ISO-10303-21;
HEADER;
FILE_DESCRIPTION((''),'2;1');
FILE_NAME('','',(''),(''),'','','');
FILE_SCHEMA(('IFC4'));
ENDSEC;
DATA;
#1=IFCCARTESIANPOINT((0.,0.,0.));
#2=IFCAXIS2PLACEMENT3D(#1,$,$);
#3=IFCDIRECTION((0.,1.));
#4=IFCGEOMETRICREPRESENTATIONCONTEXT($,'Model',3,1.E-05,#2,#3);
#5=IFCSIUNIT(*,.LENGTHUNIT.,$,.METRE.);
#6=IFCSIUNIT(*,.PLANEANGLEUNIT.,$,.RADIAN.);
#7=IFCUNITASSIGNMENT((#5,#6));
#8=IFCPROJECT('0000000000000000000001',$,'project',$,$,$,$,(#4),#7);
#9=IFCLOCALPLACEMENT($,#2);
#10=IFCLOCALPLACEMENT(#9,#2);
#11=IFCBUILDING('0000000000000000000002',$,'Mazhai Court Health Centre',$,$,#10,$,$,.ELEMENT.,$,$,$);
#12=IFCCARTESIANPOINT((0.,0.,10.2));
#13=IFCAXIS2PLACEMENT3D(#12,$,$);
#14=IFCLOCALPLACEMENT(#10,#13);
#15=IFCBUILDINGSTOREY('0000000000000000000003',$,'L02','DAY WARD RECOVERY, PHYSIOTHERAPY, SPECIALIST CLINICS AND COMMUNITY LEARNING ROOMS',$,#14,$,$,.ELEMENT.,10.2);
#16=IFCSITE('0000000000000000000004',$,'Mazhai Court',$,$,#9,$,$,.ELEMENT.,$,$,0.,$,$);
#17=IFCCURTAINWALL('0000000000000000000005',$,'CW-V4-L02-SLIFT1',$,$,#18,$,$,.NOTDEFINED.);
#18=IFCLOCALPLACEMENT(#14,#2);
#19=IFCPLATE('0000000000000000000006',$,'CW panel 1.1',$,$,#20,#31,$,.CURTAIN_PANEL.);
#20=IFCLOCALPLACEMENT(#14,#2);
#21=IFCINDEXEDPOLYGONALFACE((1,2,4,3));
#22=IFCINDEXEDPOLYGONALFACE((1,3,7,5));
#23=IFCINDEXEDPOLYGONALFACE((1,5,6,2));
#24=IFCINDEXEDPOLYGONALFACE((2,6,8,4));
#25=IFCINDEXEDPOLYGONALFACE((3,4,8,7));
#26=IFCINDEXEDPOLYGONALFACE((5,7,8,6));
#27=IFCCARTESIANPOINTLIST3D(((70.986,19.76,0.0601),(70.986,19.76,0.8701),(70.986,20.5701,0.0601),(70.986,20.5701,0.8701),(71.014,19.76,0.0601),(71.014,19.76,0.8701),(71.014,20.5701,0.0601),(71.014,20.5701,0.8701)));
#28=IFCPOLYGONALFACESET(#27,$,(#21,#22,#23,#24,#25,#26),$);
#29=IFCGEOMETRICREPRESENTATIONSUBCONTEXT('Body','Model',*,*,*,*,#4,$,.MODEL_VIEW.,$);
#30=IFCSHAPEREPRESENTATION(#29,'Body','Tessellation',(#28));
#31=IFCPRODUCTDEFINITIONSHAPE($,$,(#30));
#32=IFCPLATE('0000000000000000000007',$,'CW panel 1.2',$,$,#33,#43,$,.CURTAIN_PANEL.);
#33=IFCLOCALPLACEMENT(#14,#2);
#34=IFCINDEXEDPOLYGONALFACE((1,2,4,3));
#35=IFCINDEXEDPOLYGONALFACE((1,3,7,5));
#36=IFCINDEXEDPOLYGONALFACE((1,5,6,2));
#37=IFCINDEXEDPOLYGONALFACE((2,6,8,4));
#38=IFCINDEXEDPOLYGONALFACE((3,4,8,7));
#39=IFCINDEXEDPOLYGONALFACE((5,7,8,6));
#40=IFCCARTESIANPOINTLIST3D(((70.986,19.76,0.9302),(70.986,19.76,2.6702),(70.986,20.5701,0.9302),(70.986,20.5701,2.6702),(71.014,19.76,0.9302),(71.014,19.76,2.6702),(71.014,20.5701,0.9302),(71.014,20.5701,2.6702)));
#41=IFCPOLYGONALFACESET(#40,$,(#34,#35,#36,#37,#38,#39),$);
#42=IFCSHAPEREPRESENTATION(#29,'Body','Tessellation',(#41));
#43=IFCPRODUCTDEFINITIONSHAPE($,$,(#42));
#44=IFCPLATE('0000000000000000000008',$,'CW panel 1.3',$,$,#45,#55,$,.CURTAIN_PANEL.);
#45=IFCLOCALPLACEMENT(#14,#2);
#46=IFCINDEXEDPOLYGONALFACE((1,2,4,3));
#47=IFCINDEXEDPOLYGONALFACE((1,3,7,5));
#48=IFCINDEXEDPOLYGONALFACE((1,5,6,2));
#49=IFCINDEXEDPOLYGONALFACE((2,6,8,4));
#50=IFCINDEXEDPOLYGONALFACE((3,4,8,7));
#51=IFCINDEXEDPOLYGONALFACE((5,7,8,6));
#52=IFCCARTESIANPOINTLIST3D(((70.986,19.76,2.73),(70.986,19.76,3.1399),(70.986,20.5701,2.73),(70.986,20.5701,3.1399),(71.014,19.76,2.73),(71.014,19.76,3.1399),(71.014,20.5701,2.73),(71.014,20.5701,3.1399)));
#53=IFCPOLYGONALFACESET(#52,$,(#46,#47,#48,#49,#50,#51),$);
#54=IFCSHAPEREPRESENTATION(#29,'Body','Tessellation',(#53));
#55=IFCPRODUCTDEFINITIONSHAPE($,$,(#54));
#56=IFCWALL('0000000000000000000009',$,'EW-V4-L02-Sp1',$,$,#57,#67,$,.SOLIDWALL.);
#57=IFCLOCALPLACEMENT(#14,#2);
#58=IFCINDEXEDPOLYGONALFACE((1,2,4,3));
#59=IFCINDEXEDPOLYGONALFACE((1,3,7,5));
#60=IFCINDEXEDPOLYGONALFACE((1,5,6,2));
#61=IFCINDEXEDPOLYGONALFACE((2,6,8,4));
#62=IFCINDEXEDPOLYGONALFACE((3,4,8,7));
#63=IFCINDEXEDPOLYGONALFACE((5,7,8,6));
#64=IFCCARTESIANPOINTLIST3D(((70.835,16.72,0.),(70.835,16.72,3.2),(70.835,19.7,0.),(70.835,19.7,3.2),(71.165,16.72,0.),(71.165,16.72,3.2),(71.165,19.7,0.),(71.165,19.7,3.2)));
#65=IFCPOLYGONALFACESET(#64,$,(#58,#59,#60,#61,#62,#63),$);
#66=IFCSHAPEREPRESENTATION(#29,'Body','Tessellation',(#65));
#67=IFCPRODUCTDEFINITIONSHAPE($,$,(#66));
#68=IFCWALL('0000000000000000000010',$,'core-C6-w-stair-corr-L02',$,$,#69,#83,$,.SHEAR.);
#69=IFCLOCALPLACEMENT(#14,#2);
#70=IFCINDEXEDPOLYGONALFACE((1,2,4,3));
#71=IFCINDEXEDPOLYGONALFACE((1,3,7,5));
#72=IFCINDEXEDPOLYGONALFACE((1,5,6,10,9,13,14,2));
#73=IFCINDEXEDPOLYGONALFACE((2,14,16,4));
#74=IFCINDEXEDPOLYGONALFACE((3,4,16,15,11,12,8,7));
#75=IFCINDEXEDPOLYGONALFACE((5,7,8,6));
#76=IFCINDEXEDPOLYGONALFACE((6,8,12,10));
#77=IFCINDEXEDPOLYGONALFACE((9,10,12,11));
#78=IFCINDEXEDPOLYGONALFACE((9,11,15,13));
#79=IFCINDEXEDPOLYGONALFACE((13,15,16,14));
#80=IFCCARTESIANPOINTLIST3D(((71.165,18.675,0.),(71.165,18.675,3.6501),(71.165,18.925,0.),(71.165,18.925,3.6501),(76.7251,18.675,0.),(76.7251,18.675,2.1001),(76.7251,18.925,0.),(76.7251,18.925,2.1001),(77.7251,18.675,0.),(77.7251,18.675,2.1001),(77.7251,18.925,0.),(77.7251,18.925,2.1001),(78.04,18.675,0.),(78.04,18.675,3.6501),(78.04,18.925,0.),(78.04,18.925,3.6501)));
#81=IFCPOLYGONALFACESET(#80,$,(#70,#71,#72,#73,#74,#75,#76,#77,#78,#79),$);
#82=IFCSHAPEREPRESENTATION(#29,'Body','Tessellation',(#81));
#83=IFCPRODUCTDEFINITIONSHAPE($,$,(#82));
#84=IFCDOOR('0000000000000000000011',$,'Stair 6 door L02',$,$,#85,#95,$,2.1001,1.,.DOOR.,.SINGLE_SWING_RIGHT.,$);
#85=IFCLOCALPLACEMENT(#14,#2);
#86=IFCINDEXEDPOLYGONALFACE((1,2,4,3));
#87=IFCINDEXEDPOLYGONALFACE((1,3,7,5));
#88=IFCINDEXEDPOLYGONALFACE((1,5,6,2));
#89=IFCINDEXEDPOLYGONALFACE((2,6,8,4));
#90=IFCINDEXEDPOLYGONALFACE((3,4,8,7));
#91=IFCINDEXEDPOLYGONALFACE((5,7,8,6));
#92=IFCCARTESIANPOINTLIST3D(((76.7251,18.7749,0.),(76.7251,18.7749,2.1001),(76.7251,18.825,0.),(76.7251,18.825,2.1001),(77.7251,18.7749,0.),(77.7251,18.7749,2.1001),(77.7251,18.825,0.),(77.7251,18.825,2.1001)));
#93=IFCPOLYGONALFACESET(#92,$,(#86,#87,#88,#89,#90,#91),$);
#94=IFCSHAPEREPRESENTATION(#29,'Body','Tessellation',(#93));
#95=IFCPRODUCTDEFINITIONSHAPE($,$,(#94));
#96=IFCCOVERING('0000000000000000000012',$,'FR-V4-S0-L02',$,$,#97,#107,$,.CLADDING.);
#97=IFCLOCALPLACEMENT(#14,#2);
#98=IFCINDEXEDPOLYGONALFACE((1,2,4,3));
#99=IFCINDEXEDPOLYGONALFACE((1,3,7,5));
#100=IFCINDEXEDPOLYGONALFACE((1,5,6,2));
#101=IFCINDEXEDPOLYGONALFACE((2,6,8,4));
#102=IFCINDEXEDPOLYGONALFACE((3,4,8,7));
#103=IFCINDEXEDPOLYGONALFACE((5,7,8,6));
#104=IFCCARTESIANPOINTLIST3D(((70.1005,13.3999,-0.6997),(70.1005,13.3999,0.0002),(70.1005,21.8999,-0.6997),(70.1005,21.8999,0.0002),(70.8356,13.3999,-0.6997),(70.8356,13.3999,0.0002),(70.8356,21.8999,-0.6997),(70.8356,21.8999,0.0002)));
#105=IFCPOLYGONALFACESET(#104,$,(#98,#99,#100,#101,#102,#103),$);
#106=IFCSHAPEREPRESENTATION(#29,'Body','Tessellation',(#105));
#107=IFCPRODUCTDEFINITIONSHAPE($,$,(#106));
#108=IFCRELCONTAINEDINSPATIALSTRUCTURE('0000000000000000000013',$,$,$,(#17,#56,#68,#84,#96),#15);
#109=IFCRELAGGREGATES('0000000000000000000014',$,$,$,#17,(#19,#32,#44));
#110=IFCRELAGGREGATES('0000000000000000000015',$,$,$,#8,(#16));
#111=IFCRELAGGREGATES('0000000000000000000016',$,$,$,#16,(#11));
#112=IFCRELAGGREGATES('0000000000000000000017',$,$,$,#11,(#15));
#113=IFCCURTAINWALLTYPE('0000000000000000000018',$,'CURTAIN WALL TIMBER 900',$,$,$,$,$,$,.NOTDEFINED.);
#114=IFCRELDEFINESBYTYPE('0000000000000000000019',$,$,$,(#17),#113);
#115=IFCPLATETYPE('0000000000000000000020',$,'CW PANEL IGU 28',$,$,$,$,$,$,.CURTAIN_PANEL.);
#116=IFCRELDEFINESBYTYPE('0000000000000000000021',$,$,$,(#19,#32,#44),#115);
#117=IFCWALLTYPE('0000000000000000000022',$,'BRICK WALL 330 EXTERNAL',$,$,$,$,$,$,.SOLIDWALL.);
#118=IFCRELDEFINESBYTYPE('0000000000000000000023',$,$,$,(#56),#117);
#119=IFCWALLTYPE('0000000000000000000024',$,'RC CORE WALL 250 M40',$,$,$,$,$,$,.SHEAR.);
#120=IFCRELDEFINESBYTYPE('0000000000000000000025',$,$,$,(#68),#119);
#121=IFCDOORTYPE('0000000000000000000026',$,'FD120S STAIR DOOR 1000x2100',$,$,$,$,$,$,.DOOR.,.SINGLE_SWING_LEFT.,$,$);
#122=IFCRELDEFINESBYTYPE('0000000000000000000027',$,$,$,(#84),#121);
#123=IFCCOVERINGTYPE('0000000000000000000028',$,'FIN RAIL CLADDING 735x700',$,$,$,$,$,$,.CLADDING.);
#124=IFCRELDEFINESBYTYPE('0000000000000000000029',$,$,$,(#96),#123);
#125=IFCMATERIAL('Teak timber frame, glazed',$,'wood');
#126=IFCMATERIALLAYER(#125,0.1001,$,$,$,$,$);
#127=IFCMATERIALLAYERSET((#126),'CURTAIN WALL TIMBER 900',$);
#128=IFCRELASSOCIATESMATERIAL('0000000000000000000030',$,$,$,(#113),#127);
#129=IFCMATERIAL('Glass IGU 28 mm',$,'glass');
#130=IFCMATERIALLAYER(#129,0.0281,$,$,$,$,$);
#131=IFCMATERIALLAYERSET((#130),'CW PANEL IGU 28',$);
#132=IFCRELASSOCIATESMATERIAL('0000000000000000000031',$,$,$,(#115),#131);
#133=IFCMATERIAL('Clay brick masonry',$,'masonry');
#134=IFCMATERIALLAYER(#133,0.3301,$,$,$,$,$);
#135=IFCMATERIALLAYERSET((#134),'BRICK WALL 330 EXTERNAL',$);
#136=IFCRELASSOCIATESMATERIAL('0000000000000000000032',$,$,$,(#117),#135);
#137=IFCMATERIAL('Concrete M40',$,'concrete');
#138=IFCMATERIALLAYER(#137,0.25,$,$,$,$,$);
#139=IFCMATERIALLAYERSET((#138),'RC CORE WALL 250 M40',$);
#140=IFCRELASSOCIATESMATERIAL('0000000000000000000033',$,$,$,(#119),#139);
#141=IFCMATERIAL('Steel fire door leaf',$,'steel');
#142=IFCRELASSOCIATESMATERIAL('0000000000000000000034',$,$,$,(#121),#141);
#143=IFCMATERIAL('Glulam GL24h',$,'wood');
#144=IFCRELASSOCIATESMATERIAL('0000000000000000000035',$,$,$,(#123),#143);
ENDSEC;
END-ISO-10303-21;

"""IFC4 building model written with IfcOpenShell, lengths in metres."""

from ifc_helpers import new_model, si_unit, direction, frame, frame_2d, origin, origin_2d, place, context, subcontext, project, spatial, rectangle, extrude, material, layer, layer_set, type_object, element, fill, aggregate, save


model = new_model("IFC4")

# Units and contexts
model_context = context("Model", 3, precision=1e-05, world=origin(), true_north=direction((0.0, 1.0)))
body_context = subcontext(model_context, "Body", "Model", "MODEL_VIEW")
ifc_project = project(units=[si_unit("LENGTHUNIT", "METRE"), si_unit("PLANEANGLEUNIT", "RADIAN")], contexts=[model_context])

# Site, building, storey
site_placement = place(None, origin())
site = spatial("IfcSite", under=ifc_project, at=site_placement, Name="Mazhai Court", CompositionType="ELEMENT", RefElevation=0.0)
building_placement = place(site_placement, origin())
building = spatial("IfcBuilding", under=site, at=building_placement, Name="Mazhai Court Health Centre", CompositionType="ELEMENT")
storey_placement = place(building_placement, frame((0.0, 0.0, 10.2)))
storey = spatial("IfcBuildingStorey", under=building, at=storey_placement, Name="L02", Description="DAY WARD RECOVERY, PHYSIOTHERAPY, SPECIALIST CLINICS AND COMMUNITY LEARNING ROOMS", CompositionType="ELEMENT", Elevation=10.2)

# Curtain wall
ifc_material_1 = material(Name="Teak timber frame, glazed", Category="wood")
ifc_layer_1 = layer(ifc_material_1, 0.1001)
ifc_layer_set_1 = layer_set([ifc_layer_1], Name="CURTAIN WALL TIMBER 900")
curtain_wall_type_1 = type_object("IfcCurtainWallType", Name="CURTAIN WALL TIMBER 900", PredefinedType="NOTDEFINED", material=ifc_layer_set_1)
curtain_wall_1_placement = place(storey_placement, origin())
curtain_wall_1 = element("IfcCurtainWall", 1, at=curtain_wall_1_placement, inside=storey, type_object=curtain_wall_type_1, Name="CW-V4-L02-SLIFT1", PredefinedType="NOTDEFINED")

# Plates
ifc_material_2 = material(Name="Glass IGU 28 mm", Category="glass")
ifc_layer_2 = layer(ifc_material_2, 0.0281)
ifc_layer_set_2 = layer_set([ifc_layer_2], Name="CW PANEL IGU 28")
plate_type = type_object("IfcPlateType", Name="CW PANEL IGU 28", PredefinedType="CURTAIN_PANEL", material=ifc_layer_set_2)
plate_1_placement = place(storey_placement, frame((71.0, 20.165, 0.0601), z_axis=(0.0, 0.0, 1.0), x_axis=(0.0, 1.0, 0.0)))
plate_1 = element("IfcPlate", 2, at=plate_1_placement, type_object=plate_type, Name="CW panel 1.1", PredefinedType="CURTAIN_PANEL", context=body_context, shape_type="SweptSolid", body=[
    extrude(rectangle(XDim=0.8101, YDim=0.0281, at=origin_2d()), origin(), (0.0, 0.0, 1.0), 0.8101),
])
plate_2_placement = place(storey_placement, frame((71.0, 20.165, 0.9302), z_axis=(0.0, 0.0, 1.0), x_axis=(0.0, 1.0, 0.0)))
plate_2 = element("IfcPlate", 3, at=plate_2_placement, type_object=plate_type, Name="CW panel 1.2", PredefinedType="CURTAIN_PANEL", context=body_context, shape_type="SweptSolid", body=[
    extrude(rectangle(XDim=0.8101, YDim=0.0281, at=origin_2d()), origin(), (0.0, 0.0, 1.0), 1.74),
])
plate_3_placement = place(storey_placement, frame((71.0, 20.165, 2.73), z_axis=(0.0, 0.0, 1.0), x_axis=(0.0, 1.0, 0.0)))
plate_3 = element("IfcPlate", 4, at=plate_3_placement, type_object=plate_type, Name="CW panel 1.3", PredefinedType="CURTAIN_PANEL", context=body_context, shape_type="SweptSolid", body=[
    extrude(rectangle(XDim=0.8101, YDim=0.0281, at=origin_2d()), origin(), (0.0, 0.0, 1.0), 0.4099),
])
aggregate(curtain_wall_1, [plate_1, plate_2, plate_3])

# Wall
ifc_material_3 = material(Name="Clay brick masonry", Category="masonry")
ifc_layer_3 = layer(ifc_material_3, 0.3301)
ifc_layer_set_3 = layer_set([ifc_layer_3], Name="BRICK WALL 330 EXTERNAL")
wall_type_1 = type_object("IfcWallType", Name="BRICK WALL 330 EXTERNAL", PredefinedType="SOLIDWALL", material=ifc_layer_set_3)
wall_1_placement = place(storey_placement, frame((71.0, 16.72, 0.0), z_axis=(0.0, 0.0, 1.0), x_axis=(0.0, 1.0, 0.0)))
element("IfcWall", 5, at=wall_1_placement, inside=storey, type_object=wall_type_1, Name="EW-V4-L02-Sp1", PredefinedType="SOLIDWALL", context=body_context, shape_type="SweptSolid", body=[
    extrude(rectangle(XDim=2.98, YDim=0.3301, at=frame_2d((1.49, 0.0))), origin(), (0.0, 0.0, 1.0), 3.2),
])

# Wall, opening, door
ifc_material_4 = material(Name="Concrete M40", Category="concrete")
ifc_layer_4 = layer(ifc_material_4, 0.25)
ifc_layer_set_4 = layer_set([ifc_layer_4], Name="RC CORE WALL 250 M40")
wall_type_2 = type_object("IfcWallType", Name="RC CORE WALL 250 M40", PredefinedType="SHEAR", material=ifc_layer_set_4)
wall_2_placement = place(storey_placement, frame((71.165, 18.8, 0.0), z_axis=(0.0, 0.0, 1.0), x_axis=(1.0, 0.0, 0.0)))
wall_2 = element("IfcWall", 6, at=wall_2_placement, inside=storey, type_object=wall_type_2, Name="core-C6-w-stair-corr-L02", PredefinedType="SHEAR", context=body_context, shape_type="SweptSolid", body=[
    extrude(rectangle(XDim=6.875, YDim=0.25, at=frame_2d((3.4375, 0.0))), origin(), (0.0, 0.0, 1.0), 3.6501),
])
opening_placement = place(wall_2_placement, frame((5.5601, 0.0, 0.0)))
opening = element("IfcOpeningElement", 7, at=opening_placement, cuts=wall_2, PredefinedType="OPENING", context=body_context, shape_type="SweptSolid", body=[
    extrude(rectangle(XDim=1.0, YDim=2.1001, at=frame_2d((0.5, 1.05))), frame((0.0, 0.135, 0.0), z_axis=(0.0, -1.0, 0.0), x_axis=(1.0, 0.0, 0.0)), (0.0, 0.0, 1.0), 0.27),
])
ifc_material_5 = material(Name="Steel fire door leaf", Category="steel")
door_type = type_object("IfcDoorType", Name="FD120S STAIR DOOR 1000x2100", OperationType="SINGLE_SWING_LEFT", PredefinedType="DOOR", material=ifc_material_5)
door_placement = place(opening_placement, origin())
door = element("IfcDoor", 8, at=door_placement, inside=storey, type_object=door_type, Name="Stair 6 door L02", OperationType="SINGLE_SWING_RIGHT", OverallHeight=2.1001, OverallWidth=1.0, PredefinedType="DOOR", context=body_context, shape_type="SweptSolid", body=[
    extrude(rectangle(XDim=1.0, YDim=2.1001, at=frame_2d((0.5, 1.05))), frame((0.0, 0.0249, 0.0), z_axis=(0.0, -1.0, 0.0), x_axis=(1.0, 0.0, 0.0)), (0.0, 0.0, 1.0), 0.05),
])
fill(opening, door)

# Covering
ifc_material_6 = material(Name="Glulam GL24h", Category="wood")
covering_type = type_object("IfcCoveringType", Name="FIN RAIL CLADDING 735x700", PredefinedType="CLADDING", material=ifc_material_6)
covering_placement = place(storey_placement, frame((70.468, 17.6499, -0.6997), z_axis=(0.0, 0.0, 1.0), x_axis=(1.0, 0.0, 0.0)))
element("IfcCovering", 9, at=covering_placement, inside=storey, type_object=covering_type, Name="FR-V4-S0-L02", PredefinedType="CLADDING", context=body_context, shape_type="SweptSolid", body=[
    extrude(rectangle(XDim=0.7351, YDim=8.5, at=origin_2d()), origin(), (0.0, 0.0, 1.0), 0.7),
])

save(model, "model.ifc")
